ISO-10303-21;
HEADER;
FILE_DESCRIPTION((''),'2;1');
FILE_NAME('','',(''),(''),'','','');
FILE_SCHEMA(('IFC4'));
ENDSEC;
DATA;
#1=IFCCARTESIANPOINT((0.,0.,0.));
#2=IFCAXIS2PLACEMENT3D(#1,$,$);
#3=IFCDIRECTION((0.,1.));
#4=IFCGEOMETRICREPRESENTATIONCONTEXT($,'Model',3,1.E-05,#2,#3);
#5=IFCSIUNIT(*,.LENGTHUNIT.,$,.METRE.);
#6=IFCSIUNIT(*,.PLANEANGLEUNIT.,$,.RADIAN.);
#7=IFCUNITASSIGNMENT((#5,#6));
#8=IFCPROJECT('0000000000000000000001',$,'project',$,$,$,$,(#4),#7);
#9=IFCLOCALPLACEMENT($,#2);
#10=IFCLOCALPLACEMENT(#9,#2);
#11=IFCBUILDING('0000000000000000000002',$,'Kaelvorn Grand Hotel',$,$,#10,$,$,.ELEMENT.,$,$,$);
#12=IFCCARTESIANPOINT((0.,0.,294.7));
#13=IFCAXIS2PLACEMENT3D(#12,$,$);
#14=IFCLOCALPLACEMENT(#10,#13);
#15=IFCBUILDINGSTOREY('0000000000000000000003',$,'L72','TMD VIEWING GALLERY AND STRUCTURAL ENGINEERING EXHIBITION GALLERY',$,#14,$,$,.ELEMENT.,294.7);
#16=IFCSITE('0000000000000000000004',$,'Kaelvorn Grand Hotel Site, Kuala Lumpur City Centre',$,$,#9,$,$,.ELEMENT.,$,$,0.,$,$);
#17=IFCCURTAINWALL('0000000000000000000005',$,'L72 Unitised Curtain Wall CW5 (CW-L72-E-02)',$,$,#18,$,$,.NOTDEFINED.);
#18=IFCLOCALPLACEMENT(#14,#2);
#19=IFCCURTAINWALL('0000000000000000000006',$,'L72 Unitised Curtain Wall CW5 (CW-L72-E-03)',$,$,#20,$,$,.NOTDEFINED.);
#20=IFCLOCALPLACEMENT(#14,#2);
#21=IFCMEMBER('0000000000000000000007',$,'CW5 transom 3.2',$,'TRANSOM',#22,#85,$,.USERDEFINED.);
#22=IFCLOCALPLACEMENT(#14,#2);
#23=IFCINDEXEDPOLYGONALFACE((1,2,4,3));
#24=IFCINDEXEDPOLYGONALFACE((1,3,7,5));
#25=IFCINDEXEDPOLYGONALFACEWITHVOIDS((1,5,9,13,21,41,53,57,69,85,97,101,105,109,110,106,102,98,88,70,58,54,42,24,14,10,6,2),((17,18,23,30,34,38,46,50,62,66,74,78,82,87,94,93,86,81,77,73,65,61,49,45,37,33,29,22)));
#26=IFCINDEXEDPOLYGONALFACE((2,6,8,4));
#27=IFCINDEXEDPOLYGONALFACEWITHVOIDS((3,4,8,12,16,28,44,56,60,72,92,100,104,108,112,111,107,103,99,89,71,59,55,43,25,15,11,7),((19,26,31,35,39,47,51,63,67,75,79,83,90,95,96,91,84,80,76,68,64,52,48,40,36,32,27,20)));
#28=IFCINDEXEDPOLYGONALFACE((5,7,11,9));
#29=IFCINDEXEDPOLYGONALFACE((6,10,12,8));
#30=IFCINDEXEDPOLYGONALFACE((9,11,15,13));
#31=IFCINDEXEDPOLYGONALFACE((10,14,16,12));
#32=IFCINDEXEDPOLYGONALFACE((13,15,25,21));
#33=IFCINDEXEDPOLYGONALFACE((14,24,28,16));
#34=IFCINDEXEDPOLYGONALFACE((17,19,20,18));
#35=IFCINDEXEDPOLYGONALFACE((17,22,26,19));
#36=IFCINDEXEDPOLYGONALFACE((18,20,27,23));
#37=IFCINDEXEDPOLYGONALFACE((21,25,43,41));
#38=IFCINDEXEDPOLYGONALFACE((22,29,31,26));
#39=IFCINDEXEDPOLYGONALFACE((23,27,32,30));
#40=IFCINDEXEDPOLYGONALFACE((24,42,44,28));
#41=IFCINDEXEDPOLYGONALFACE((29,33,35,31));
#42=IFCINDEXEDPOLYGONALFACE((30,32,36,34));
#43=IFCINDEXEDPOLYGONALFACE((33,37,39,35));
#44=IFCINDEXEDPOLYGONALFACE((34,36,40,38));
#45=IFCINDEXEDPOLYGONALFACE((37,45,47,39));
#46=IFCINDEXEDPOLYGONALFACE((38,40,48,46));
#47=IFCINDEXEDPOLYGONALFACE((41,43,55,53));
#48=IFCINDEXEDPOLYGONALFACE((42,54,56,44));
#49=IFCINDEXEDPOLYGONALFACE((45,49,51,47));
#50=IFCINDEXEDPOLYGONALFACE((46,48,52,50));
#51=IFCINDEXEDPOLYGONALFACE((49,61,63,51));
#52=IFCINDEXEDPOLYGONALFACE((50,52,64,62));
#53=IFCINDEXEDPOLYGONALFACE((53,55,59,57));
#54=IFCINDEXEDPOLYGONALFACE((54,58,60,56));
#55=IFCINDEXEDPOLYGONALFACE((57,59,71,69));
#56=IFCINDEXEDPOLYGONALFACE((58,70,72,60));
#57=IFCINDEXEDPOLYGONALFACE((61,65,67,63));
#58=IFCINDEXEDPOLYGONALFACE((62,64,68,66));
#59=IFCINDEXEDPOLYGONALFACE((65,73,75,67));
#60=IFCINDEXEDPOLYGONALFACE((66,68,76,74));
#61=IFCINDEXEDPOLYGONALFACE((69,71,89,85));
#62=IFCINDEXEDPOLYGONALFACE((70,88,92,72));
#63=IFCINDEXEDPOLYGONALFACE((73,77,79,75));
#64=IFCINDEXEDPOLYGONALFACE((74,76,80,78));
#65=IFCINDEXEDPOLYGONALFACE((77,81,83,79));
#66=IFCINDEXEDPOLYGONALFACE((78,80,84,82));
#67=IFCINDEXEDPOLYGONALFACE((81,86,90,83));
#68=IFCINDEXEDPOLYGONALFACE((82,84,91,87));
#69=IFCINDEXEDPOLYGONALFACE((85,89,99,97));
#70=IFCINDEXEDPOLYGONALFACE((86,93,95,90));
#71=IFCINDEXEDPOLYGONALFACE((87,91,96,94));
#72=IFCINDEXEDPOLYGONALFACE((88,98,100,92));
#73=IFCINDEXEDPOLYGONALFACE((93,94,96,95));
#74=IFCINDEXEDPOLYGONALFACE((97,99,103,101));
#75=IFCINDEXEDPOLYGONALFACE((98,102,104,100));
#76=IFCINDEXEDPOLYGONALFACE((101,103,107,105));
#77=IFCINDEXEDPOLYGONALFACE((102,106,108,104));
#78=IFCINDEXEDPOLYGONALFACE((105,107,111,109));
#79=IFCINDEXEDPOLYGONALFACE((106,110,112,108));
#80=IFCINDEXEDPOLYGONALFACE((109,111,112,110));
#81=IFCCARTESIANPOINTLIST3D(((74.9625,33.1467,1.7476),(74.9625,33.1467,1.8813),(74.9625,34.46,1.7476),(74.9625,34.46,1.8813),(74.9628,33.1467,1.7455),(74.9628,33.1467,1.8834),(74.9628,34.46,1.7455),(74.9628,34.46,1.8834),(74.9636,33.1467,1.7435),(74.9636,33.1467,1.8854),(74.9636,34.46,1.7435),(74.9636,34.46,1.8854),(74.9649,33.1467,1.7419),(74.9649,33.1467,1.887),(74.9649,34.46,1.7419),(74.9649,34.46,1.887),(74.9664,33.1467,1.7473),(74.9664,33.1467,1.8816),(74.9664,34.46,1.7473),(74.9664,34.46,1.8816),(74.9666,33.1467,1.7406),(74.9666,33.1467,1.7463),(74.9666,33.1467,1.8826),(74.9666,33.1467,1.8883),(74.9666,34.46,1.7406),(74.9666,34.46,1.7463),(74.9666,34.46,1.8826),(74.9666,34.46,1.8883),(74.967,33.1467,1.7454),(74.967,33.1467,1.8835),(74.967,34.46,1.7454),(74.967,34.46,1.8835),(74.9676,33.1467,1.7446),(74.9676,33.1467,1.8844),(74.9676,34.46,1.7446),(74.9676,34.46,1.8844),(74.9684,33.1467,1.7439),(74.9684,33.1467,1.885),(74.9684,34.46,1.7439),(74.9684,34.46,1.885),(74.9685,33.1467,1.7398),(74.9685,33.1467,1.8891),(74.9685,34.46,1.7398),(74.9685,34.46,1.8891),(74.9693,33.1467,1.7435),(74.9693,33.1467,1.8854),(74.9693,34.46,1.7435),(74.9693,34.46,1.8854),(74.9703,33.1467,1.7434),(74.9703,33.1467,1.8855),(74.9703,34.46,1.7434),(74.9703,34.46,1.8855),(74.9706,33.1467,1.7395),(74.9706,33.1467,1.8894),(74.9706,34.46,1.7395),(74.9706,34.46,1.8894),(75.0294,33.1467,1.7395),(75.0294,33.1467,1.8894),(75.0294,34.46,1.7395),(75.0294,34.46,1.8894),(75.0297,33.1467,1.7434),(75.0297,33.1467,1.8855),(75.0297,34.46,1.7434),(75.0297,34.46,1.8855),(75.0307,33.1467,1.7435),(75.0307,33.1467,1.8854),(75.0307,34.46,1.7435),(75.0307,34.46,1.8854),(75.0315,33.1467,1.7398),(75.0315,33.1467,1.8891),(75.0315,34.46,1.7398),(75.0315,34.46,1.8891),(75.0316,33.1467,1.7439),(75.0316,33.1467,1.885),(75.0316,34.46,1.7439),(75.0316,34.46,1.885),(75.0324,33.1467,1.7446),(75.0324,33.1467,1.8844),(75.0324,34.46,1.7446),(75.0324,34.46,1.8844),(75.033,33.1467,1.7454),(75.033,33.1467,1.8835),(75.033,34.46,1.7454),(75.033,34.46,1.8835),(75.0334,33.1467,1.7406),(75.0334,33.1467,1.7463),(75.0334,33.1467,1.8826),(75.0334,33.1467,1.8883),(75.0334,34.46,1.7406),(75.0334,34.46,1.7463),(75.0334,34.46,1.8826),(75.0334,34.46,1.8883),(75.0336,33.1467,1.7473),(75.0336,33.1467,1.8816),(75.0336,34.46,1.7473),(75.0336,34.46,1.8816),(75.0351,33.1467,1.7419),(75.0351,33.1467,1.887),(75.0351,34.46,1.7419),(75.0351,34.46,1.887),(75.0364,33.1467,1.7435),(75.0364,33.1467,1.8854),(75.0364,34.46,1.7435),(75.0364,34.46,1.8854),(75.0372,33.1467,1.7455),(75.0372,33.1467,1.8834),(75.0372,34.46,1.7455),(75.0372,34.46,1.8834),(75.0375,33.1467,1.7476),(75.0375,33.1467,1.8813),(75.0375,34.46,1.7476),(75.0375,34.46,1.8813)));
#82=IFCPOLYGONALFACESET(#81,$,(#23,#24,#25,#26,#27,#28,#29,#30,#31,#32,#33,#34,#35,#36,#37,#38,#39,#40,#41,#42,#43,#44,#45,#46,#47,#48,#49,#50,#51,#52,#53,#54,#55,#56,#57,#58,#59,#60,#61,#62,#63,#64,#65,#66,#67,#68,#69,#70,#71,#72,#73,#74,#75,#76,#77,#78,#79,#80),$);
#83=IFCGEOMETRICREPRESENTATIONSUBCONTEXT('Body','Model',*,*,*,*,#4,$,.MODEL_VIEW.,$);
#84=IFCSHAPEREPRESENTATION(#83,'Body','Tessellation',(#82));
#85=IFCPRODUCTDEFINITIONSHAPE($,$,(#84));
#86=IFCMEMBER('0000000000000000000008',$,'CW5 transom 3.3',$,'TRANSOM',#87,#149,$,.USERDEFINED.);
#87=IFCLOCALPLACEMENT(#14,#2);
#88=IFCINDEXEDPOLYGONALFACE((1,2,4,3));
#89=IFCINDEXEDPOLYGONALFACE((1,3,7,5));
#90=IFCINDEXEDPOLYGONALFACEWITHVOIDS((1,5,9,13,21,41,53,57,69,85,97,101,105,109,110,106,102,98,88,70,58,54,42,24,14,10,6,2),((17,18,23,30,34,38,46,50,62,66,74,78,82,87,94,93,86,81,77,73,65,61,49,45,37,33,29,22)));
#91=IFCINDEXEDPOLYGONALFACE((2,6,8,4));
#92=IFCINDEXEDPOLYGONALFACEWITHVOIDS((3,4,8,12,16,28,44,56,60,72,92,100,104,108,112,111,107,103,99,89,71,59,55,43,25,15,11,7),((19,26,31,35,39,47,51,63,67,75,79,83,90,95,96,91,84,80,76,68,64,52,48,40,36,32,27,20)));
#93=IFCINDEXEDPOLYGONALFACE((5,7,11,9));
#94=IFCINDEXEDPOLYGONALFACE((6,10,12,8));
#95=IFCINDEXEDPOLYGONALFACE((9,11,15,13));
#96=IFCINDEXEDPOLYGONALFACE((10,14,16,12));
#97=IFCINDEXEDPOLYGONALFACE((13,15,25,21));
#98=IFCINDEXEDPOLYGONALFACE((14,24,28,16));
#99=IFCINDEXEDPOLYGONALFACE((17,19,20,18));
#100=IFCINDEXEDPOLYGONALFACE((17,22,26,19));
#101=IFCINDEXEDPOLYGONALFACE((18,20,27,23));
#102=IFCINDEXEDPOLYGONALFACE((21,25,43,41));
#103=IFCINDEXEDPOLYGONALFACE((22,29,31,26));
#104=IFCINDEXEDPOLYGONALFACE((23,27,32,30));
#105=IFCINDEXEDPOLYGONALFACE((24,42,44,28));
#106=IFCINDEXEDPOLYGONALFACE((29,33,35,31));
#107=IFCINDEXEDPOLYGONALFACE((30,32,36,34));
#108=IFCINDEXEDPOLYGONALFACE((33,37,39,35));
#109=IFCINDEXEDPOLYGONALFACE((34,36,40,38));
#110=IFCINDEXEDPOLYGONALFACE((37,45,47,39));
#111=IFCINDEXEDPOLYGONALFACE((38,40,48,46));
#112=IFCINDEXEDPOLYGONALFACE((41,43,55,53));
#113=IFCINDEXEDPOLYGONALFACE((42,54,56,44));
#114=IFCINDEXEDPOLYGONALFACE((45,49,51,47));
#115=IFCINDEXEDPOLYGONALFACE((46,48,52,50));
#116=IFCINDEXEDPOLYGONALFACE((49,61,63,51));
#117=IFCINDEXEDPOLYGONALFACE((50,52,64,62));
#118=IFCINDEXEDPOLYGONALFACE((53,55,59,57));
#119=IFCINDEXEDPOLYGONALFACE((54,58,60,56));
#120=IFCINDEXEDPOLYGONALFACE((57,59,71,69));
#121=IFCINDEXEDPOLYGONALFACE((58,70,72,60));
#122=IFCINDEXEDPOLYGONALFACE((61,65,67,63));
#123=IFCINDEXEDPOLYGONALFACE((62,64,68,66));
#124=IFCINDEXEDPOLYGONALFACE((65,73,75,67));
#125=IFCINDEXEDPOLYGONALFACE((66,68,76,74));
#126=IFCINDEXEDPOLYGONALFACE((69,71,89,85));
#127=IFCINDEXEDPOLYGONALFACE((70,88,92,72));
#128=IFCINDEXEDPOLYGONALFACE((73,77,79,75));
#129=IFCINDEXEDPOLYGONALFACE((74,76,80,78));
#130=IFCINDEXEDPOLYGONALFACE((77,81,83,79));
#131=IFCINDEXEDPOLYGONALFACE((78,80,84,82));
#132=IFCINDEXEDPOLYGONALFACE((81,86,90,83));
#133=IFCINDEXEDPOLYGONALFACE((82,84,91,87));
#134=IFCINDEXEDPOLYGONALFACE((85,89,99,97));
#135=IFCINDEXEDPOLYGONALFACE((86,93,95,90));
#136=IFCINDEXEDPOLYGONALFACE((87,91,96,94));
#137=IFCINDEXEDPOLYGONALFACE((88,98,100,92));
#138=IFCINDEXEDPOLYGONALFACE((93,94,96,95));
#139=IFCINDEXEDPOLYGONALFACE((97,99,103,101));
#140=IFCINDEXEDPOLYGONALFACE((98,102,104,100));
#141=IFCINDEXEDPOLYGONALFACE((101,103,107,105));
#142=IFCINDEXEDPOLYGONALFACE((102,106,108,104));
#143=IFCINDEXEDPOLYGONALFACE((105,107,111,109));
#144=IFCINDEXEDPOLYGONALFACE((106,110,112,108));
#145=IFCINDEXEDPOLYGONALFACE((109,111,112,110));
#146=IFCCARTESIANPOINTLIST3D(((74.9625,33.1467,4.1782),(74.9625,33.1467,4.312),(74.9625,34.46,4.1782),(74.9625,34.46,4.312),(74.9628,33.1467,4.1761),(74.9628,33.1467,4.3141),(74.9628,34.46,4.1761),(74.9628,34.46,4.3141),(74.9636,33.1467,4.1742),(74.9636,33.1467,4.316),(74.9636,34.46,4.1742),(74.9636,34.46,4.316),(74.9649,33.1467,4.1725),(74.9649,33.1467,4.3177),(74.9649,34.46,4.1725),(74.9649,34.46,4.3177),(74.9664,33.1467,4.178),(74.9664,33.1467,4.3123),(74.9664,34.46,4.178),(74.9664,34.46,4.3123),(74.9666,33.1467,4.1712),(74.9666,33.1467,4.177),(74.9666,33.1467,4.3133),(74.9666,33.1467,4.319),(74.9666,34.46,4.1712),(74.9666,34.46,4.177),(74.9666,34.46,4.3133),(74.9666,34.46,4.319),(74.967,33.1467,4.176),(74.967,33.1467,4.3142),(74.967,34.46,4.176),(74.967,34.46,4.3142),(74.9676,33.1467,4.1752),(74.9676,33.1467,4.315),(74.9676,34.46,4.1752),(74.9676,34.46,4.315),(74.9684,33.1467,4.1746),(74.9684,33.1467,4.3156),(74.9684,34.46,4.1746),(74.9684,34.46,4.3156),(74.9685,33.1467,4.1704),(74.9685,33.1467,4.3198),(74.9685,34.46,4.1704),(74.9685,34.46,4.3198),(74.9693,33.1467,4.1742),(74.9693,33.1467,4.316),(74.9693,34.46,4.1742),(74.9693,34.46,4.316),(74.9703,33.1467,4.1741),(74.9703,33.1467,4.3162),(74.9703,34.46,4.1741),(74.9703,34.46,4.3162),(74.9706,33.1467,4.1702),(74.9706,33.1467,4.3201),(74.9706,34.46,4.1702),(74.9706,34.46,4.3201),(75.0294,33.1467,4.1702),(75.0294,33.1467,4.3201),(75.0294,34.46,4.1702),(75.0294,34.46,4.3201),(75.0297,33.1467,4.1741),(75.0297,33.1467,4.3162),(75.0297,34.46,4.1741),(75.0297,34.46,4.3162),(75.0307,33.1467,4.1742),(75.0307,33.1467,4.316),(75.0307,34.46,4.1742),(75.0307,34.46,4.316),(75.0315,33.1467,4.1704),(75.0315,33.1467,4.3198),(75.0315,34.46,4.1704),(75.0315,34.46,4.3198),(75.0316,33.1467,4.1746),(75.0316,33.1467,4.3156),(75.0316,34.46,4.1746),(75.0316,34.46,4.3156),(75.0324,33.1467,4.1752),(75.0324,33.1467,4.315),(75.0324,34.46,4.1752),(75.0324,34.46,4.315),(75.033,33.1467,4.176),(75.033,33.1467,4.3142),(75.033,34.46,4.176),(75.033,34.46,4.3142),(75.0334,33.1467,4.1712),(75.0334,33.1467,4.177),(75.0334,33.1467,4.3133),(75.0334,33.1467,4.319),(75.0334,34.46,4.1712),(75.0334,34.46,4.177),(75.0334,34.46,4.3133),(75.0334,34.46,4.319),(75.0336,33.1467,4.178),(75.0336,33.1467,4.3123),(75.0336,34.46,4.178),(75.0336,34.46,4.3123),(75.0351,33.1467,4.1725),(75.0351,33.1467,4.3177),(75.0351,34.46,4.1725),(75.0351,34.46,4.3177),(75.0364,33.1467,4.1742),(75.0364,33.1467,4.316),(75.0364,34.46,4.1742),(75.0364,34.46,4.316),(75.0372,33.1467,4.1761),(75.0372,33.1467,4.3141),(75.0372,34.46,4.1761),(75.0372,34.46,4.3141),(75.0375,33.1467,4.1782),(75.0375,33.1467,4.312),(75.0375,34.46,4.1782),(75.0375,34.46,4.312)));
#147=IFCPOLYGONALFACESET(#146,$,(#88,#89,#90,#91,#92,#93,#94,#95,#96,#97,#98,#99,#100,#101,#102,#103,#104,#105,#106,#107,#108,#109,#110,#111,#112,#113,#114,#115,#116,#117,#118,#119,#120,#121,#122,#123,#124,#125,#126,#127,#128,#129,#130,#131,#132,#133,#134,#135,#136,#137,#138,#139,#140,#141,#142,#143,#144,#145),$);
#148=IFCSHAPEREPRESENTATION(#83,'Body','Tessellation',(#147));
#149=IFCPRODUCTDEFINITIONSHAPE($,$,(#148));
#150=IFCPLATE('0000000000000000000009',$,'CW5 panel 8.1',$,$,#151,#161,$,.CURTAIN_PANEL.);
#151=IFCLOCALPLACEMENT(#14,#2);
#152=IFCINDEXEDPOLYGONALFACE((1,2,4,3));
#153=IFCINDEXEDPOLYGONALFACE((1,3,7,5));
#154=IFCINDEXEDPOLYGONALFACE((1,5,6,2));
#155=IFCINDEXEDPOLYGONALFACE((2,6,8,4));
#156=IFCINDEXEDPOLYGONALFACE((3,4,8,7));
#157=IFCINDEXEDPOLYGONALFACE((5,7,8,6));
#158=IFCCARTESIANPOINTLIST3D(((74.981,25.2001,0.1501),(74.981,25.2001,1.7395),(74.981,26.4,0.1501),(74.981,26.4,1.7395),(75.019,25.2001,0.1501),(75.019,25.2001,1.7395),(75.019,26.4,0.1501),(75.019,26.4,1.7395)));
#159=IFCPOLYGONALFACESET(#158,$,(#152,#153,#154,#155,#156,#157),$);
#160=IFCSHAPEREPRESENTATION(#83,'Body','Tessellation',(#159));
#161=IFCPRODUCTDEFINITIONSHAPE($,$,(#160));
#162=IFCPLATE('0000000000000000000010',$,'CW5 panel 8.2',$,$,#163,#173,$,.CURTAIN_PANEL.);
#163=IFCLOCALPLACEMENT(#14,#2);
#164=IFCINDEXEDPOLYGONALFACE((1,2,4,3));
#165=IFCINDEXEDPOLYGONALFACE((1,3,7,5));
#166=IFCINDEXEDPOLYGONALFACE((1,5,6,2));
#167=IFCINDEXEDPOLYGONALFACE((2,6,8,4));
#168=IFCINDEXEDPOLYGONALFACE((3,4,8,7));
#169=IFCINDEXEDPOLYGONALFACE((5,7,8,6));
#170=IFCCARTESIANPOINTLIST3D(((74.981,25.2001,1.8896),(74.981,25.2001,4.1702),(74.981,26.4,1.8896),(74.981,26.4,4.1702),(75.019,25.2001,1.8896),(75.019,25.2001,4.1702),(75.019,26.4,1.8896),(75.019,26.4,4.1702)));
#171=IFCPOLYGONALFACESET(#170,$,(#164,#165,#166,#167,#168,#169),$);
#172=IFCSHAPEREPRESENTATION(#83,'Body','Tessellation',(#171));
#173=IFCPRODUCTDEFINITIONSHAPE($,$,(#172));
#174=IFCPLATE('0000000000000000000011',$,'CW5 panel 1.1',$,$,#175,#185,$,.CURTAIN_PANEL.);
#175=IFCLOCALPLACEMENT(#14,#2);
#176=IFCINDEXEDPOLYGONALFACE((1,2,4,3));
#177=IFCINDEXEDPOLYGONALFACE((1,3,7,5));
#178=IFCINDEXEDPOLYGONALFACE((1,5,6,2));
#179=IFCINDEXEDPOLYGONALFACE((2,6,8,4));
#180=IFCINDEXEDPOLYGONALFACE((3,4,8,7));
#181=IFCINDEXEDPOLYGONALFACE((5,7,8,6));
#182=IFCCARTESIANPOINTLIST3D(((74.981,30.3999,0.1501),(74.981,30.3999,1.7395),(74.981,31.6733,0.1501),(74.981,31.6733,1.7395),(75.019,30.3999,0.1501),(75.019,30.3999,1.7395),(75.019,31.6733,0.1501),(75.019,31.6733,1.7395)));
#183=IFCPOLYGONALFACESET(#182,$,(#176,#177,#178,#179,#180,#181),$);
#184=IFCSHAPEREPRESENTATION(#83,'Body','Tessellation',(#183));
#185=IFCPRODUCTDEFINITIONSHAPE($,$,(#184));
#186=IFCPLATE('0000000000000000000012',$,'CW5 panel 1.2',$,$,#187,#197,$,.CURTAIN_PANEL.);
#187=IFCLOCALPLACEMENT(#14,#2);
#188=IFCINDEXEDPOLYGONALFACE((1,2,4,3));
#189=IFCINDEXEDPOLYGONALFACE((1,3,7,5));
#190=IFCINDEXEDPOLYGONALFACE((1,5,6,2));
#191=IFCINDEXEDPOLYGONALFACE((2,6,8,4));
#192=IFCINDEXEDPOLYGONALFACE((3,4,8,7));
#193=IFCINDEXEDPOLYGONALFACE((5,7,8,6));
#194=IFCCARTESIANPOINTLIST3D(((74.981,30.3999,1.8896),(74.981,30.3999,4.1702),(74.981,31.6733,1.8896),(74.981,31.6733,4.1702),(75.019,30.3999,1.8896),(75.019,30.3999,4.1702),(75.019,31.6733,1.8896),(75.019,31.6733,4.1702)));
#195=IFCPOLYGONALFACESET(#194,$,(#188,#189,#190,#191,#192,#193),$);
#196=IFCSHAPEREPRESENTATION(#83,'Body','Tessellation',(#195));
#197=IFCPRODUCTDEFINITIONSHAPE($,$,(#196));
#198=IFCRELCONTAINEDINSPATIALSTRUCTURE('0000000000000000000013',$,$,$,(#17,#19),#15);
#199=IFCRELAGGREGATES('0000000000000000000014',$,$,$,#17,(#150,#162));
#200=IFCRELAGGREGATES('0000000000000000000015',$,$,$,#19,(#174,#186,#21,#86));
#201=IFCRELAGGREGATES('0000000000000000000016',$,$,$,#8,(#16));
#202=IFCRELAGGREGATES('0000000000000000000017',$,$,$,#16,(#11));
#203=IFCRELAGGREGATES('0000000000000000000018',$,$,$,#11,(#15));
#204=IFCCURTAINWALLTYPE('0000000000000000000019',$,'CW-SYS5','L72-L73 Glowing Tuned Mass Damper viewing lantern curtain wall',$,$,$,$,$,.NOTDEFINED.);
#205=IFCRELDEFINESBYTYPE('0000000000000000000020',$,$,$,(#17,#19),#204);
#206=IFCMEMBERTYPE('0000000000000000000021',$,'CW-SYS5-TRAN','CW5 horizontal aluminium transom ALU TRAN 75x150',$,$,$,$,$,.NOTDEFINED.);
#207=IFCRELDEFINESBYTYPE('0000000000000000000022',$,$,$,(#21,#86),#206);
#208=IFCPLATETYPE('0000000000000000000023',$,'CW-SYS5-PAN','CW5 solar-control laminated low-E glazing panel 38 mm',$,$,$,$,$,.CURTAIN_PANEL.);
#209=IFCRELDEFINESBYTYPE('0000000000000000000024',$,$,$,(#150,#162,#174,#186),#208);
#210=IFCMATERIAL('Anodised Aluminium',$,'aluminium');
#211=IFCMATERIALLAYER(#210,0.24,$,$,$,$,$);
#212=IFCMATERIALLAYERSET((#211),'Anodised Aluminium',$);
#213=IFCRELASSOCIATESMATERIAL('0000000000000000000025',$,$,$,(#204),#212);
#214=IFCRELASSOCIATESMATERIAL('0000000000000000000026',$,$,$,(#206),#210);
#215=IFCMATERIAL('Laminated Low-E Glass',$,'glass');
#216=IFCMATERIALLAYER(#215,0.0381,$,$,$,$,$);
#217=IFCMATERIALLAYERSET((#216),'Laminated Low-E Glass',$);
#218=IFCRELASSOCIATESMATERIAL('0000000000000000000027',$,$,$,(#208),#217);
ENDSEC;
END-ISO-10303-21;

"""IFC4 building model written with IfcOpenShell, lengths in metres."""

from ifc_helpers import new_model, si_unit, direction, frame, origin, origin_2d, place, context, subcontext, project, spatial, rectangle, hollow_rectangle, extrude, material, layer, layer_set, material_profile, profile_set, type_object, element, aggregate, save


model = new_model("IFC4")

# Units and contexts
model_context = context("Model", 3, precision=1e-05, world=origin(), true_north=direction((0.0, 1.0)))
body_context = subcontext(model_context, "Body", "Model", "MODEL_VIEW")
ifc_project = project(units=[si_unit("LENGTHUNIT", "METRE"), si_unit("PLANEANGLEUNIT", "RADIAN")], contexts=[model_context])

# Site, building, storey
site_placement = place(None, origin())
site = spatial("IfcSite", under=ifc_project, at=site_placement, Name="Kaelvorn Grand Hotel Site, Kuala Lumpur City Centre", CompositionType="ELEMENT", RefElevation=0.0)
building_placement = place(site_placement, origin())
building = spatial("IfcBuilding", under=site, at=building_placement, Name="Kaelvorn Grand Hotel", CompositionType="ELEMENT")
storey_placement = place(building_placement, frame((0.0, 0.0, 294.7)))
storey = spatial("IfcBuildingStorey", under=building, at=storey_placement, Name="L72", Description="TMD VIEWING GALLERY AND STRUCTURAL ENGINEERING EXHIBITION GALLERY", CompositionType="ELEMENT", Elevation=294.7)

# Curtain wall
ifc_material_1 = material(Name="Anodised Aluminium", Category="aluminium")
ifc_layer_1 = layer(ifc_material_1, 0.24)
ifc_layer_set_1 = layer_set([ifc_layer_1], Name="Anodised Aluminium")
curtain_wall_type = type_object("IfcCurtainWallType", Name="CW-SYS5", Description="L72-L73 Glowing Tuned Mass Damper viewing lantern curtain wall", PredefinedType="NOTDEFINED", material=ifc_layer_set_1)
curtain_wall_1_placement = place(storey_placement, origin())
curtain_wall_1 = element("IfcCurtainWall", 1, at=curtain_wall_1_placement, inside=storey, type_object=curtain_wall_type, Name="L72 Unitised Curtain Wall CW5 (CW-L72-E-02)", PredefinedType="NOTDEFINED")

# Curtain wall, members
curtain_wall_2_placement = place(storey_placement, origin())
curtain_wall_2 = element("IfcCurtainWall", 2, at=curtain_wall_2_placement, inside=storey, type_object=curtain_wall_type, Name="L72 Unitised Curtain Wall CW5 (CW-L72-E-03)", PredefinedType="NOTDEFINED")
ifc_material_profile_1 = material_profile(ifc_material_1, hollow_rectangle(XDim=0.075, YDim=0.1499, WallThickness=0.0039, InnerFilletRadius=0.0039, OuterFilletRadius=0.0081, at=origin_2d()), Name="ALU TRAN 75x150")
ifc_profile_set_1 = profile_set([ifc_material_profile_1], Name="Anodised Aluminium")
member_type_1 = type_object("IfcMemberType", Name="CW-SYS5-TRAN", Description="CW5 horizontal aluminium transom ALU TRAN 75x150", PredefinedType="NOTDEFINED", material=ifc_profile_set_1)
member_1_placement = place(storey_placement, frame((75.0, 33.1467, 1.8145), z_axis=(0.0, 1.0, 0.0), x_axis=(-1.0, 0.0, 0.0)))
member_1 = element("IfcMember", 3, at=member_1_placement, type_object=member_type_1, Name="CW5 transom 3.2", ObjectType="TRANSOM", PredefinedType="USERDEFINED", context=body_context, shape_type="SweptSolid", body=[
    extrude(hollow_rectangle(XDim=0.075, YDim=0.1499, WallThickness=0.0039, InnerFilletRadius=0.0039, OuterFilletRadius=0.0081, at=origin_2d()), origin(), (0.0, 0.0, 1.0), 1.3132),
])
member_2_placement = place(storey_placement, frame((75.0, 33.1467, 4.2451), z_axis=(0.0, 1.0, 0.0), x_axis=(-1.0, 0.0, 0.0)))
member_2 = element("IfcMember", 4, at=member_2_placement, type_object=member_type_1, Name="CW5 transom 3.3", ObjectType="TRANSOM", PredefinedType="USERDEFINED", context=body_context, shape_type="SweptSolid", body=[
    extrude(hollow_rectangle(XDim=0.075, YDim=0.1499, WallThickness=0.0039, InnerFilletRadius=0.0039, OuterFilletRadius=0.0081, at=origin_2d()), origin(), (0.0, 0.0, 1.0), 1.3132),
])

# Plates
ifc_material_2 = material(Name="Laminated Low-E Glass", Category="glass")
ifc_layer_2 = layer(ifc_material_2, 0.0381)
ifc_layer_set_2 = layer_set([ifc_layer_2], Name="Laminated Low-E Glass")
plate_type = type_object("IfcPlateType", Name="CW-SYS5-PAN", Description="CW5 solar-control laminated low-E glazing panel 38 mm", PredefinedType="CURTAIN_PANEL", material=ifc_layer_set_2)
plate_1_placement = place(storey_placement, frame((75.0, 25.8, 0.1501), z_axis=(0.0, 0.0, 1.0), x_axis=(0.0, 1.0, 0.0)))
plate_1 = element("IfcPlate", 5, at=plate_1_placement, type_object=plate_type, Name="CW5 panel 8.1", PredefinedType="CURTAIN_PANEL", context=body_context, shape_type="SweptSolid", body=[
    extrude(rectangle(XDim=1.2, YDim=0.0381, at=origin_2d()), origin(), (0.0, 0.0, 1.0), 1.5894),
])
plate_2_placement = place(storey_placement, frame((75.0, 25.8, 1.8896), z_axis=(0.0, 0.0, 1.0), x_axis=(0.0, 1.0, 0.0)))
plate_2 = element("IfcPlate", 6, at=plate_2_placement, type_object=plate_type, Name="CW5 panel 8.2", PredefinedType="CURTAIN_PANEL", context=body_context, shape_type="SweptSolid", body=[
    extrude(rectangle(XDim=1.2, YDim=0.0381, at=origin_2d()), origin(), (0.0, 0.0, 1.0), 2.2805),
])
aggregate(curtain_wall_1, [plate_1, plate_2])
plate_3_placement = place(storey_placement, frame((75.0, 31.0366, 0.1501), z_axis=(0.0, 0.0, 1.0), x_axis=(0.0, 1.0, 0.0)))
plate_3 = element("IfcPlate", 7, at=plate_3_placement, type_object=plate_type, Name="CW5 panel 1.1", PredefinedType="CURTAIN_PANEL", context=body_context, shape_type="SweptSolid", body=[
    extrude(rectangle(XDim=1.2734, YDim=0.0381, at=origin_2d()), origin(), (0.0, 0.0, 1.0), 1.5894),
])
plate_4_placement = place(storey_placement, frame((75.0, 31.0366, 1.8896), z_axis=(0.0, 0.0, 1.0), x_axis=(0.0, 1.0, 0.0)))
plate_4 = element("IfcPlate", 8, at=plate_4_placement, type_object=plate_type, Name="CW5 panel 1.2", PredefinedType="CURTAIN_PANEL", context=body_context, shape_type="SweptSolid", body=[
    extrude(rectangle(XDim=1.2734, YDim=0.0381, at=origin_2d()), origin(), (0.0, 0.0, 1.0), 2.2805),
])
aggregate(curtain_wall_2, [plate_3, plate_4, member_1, member_2])

save(model, "model.ifc")
